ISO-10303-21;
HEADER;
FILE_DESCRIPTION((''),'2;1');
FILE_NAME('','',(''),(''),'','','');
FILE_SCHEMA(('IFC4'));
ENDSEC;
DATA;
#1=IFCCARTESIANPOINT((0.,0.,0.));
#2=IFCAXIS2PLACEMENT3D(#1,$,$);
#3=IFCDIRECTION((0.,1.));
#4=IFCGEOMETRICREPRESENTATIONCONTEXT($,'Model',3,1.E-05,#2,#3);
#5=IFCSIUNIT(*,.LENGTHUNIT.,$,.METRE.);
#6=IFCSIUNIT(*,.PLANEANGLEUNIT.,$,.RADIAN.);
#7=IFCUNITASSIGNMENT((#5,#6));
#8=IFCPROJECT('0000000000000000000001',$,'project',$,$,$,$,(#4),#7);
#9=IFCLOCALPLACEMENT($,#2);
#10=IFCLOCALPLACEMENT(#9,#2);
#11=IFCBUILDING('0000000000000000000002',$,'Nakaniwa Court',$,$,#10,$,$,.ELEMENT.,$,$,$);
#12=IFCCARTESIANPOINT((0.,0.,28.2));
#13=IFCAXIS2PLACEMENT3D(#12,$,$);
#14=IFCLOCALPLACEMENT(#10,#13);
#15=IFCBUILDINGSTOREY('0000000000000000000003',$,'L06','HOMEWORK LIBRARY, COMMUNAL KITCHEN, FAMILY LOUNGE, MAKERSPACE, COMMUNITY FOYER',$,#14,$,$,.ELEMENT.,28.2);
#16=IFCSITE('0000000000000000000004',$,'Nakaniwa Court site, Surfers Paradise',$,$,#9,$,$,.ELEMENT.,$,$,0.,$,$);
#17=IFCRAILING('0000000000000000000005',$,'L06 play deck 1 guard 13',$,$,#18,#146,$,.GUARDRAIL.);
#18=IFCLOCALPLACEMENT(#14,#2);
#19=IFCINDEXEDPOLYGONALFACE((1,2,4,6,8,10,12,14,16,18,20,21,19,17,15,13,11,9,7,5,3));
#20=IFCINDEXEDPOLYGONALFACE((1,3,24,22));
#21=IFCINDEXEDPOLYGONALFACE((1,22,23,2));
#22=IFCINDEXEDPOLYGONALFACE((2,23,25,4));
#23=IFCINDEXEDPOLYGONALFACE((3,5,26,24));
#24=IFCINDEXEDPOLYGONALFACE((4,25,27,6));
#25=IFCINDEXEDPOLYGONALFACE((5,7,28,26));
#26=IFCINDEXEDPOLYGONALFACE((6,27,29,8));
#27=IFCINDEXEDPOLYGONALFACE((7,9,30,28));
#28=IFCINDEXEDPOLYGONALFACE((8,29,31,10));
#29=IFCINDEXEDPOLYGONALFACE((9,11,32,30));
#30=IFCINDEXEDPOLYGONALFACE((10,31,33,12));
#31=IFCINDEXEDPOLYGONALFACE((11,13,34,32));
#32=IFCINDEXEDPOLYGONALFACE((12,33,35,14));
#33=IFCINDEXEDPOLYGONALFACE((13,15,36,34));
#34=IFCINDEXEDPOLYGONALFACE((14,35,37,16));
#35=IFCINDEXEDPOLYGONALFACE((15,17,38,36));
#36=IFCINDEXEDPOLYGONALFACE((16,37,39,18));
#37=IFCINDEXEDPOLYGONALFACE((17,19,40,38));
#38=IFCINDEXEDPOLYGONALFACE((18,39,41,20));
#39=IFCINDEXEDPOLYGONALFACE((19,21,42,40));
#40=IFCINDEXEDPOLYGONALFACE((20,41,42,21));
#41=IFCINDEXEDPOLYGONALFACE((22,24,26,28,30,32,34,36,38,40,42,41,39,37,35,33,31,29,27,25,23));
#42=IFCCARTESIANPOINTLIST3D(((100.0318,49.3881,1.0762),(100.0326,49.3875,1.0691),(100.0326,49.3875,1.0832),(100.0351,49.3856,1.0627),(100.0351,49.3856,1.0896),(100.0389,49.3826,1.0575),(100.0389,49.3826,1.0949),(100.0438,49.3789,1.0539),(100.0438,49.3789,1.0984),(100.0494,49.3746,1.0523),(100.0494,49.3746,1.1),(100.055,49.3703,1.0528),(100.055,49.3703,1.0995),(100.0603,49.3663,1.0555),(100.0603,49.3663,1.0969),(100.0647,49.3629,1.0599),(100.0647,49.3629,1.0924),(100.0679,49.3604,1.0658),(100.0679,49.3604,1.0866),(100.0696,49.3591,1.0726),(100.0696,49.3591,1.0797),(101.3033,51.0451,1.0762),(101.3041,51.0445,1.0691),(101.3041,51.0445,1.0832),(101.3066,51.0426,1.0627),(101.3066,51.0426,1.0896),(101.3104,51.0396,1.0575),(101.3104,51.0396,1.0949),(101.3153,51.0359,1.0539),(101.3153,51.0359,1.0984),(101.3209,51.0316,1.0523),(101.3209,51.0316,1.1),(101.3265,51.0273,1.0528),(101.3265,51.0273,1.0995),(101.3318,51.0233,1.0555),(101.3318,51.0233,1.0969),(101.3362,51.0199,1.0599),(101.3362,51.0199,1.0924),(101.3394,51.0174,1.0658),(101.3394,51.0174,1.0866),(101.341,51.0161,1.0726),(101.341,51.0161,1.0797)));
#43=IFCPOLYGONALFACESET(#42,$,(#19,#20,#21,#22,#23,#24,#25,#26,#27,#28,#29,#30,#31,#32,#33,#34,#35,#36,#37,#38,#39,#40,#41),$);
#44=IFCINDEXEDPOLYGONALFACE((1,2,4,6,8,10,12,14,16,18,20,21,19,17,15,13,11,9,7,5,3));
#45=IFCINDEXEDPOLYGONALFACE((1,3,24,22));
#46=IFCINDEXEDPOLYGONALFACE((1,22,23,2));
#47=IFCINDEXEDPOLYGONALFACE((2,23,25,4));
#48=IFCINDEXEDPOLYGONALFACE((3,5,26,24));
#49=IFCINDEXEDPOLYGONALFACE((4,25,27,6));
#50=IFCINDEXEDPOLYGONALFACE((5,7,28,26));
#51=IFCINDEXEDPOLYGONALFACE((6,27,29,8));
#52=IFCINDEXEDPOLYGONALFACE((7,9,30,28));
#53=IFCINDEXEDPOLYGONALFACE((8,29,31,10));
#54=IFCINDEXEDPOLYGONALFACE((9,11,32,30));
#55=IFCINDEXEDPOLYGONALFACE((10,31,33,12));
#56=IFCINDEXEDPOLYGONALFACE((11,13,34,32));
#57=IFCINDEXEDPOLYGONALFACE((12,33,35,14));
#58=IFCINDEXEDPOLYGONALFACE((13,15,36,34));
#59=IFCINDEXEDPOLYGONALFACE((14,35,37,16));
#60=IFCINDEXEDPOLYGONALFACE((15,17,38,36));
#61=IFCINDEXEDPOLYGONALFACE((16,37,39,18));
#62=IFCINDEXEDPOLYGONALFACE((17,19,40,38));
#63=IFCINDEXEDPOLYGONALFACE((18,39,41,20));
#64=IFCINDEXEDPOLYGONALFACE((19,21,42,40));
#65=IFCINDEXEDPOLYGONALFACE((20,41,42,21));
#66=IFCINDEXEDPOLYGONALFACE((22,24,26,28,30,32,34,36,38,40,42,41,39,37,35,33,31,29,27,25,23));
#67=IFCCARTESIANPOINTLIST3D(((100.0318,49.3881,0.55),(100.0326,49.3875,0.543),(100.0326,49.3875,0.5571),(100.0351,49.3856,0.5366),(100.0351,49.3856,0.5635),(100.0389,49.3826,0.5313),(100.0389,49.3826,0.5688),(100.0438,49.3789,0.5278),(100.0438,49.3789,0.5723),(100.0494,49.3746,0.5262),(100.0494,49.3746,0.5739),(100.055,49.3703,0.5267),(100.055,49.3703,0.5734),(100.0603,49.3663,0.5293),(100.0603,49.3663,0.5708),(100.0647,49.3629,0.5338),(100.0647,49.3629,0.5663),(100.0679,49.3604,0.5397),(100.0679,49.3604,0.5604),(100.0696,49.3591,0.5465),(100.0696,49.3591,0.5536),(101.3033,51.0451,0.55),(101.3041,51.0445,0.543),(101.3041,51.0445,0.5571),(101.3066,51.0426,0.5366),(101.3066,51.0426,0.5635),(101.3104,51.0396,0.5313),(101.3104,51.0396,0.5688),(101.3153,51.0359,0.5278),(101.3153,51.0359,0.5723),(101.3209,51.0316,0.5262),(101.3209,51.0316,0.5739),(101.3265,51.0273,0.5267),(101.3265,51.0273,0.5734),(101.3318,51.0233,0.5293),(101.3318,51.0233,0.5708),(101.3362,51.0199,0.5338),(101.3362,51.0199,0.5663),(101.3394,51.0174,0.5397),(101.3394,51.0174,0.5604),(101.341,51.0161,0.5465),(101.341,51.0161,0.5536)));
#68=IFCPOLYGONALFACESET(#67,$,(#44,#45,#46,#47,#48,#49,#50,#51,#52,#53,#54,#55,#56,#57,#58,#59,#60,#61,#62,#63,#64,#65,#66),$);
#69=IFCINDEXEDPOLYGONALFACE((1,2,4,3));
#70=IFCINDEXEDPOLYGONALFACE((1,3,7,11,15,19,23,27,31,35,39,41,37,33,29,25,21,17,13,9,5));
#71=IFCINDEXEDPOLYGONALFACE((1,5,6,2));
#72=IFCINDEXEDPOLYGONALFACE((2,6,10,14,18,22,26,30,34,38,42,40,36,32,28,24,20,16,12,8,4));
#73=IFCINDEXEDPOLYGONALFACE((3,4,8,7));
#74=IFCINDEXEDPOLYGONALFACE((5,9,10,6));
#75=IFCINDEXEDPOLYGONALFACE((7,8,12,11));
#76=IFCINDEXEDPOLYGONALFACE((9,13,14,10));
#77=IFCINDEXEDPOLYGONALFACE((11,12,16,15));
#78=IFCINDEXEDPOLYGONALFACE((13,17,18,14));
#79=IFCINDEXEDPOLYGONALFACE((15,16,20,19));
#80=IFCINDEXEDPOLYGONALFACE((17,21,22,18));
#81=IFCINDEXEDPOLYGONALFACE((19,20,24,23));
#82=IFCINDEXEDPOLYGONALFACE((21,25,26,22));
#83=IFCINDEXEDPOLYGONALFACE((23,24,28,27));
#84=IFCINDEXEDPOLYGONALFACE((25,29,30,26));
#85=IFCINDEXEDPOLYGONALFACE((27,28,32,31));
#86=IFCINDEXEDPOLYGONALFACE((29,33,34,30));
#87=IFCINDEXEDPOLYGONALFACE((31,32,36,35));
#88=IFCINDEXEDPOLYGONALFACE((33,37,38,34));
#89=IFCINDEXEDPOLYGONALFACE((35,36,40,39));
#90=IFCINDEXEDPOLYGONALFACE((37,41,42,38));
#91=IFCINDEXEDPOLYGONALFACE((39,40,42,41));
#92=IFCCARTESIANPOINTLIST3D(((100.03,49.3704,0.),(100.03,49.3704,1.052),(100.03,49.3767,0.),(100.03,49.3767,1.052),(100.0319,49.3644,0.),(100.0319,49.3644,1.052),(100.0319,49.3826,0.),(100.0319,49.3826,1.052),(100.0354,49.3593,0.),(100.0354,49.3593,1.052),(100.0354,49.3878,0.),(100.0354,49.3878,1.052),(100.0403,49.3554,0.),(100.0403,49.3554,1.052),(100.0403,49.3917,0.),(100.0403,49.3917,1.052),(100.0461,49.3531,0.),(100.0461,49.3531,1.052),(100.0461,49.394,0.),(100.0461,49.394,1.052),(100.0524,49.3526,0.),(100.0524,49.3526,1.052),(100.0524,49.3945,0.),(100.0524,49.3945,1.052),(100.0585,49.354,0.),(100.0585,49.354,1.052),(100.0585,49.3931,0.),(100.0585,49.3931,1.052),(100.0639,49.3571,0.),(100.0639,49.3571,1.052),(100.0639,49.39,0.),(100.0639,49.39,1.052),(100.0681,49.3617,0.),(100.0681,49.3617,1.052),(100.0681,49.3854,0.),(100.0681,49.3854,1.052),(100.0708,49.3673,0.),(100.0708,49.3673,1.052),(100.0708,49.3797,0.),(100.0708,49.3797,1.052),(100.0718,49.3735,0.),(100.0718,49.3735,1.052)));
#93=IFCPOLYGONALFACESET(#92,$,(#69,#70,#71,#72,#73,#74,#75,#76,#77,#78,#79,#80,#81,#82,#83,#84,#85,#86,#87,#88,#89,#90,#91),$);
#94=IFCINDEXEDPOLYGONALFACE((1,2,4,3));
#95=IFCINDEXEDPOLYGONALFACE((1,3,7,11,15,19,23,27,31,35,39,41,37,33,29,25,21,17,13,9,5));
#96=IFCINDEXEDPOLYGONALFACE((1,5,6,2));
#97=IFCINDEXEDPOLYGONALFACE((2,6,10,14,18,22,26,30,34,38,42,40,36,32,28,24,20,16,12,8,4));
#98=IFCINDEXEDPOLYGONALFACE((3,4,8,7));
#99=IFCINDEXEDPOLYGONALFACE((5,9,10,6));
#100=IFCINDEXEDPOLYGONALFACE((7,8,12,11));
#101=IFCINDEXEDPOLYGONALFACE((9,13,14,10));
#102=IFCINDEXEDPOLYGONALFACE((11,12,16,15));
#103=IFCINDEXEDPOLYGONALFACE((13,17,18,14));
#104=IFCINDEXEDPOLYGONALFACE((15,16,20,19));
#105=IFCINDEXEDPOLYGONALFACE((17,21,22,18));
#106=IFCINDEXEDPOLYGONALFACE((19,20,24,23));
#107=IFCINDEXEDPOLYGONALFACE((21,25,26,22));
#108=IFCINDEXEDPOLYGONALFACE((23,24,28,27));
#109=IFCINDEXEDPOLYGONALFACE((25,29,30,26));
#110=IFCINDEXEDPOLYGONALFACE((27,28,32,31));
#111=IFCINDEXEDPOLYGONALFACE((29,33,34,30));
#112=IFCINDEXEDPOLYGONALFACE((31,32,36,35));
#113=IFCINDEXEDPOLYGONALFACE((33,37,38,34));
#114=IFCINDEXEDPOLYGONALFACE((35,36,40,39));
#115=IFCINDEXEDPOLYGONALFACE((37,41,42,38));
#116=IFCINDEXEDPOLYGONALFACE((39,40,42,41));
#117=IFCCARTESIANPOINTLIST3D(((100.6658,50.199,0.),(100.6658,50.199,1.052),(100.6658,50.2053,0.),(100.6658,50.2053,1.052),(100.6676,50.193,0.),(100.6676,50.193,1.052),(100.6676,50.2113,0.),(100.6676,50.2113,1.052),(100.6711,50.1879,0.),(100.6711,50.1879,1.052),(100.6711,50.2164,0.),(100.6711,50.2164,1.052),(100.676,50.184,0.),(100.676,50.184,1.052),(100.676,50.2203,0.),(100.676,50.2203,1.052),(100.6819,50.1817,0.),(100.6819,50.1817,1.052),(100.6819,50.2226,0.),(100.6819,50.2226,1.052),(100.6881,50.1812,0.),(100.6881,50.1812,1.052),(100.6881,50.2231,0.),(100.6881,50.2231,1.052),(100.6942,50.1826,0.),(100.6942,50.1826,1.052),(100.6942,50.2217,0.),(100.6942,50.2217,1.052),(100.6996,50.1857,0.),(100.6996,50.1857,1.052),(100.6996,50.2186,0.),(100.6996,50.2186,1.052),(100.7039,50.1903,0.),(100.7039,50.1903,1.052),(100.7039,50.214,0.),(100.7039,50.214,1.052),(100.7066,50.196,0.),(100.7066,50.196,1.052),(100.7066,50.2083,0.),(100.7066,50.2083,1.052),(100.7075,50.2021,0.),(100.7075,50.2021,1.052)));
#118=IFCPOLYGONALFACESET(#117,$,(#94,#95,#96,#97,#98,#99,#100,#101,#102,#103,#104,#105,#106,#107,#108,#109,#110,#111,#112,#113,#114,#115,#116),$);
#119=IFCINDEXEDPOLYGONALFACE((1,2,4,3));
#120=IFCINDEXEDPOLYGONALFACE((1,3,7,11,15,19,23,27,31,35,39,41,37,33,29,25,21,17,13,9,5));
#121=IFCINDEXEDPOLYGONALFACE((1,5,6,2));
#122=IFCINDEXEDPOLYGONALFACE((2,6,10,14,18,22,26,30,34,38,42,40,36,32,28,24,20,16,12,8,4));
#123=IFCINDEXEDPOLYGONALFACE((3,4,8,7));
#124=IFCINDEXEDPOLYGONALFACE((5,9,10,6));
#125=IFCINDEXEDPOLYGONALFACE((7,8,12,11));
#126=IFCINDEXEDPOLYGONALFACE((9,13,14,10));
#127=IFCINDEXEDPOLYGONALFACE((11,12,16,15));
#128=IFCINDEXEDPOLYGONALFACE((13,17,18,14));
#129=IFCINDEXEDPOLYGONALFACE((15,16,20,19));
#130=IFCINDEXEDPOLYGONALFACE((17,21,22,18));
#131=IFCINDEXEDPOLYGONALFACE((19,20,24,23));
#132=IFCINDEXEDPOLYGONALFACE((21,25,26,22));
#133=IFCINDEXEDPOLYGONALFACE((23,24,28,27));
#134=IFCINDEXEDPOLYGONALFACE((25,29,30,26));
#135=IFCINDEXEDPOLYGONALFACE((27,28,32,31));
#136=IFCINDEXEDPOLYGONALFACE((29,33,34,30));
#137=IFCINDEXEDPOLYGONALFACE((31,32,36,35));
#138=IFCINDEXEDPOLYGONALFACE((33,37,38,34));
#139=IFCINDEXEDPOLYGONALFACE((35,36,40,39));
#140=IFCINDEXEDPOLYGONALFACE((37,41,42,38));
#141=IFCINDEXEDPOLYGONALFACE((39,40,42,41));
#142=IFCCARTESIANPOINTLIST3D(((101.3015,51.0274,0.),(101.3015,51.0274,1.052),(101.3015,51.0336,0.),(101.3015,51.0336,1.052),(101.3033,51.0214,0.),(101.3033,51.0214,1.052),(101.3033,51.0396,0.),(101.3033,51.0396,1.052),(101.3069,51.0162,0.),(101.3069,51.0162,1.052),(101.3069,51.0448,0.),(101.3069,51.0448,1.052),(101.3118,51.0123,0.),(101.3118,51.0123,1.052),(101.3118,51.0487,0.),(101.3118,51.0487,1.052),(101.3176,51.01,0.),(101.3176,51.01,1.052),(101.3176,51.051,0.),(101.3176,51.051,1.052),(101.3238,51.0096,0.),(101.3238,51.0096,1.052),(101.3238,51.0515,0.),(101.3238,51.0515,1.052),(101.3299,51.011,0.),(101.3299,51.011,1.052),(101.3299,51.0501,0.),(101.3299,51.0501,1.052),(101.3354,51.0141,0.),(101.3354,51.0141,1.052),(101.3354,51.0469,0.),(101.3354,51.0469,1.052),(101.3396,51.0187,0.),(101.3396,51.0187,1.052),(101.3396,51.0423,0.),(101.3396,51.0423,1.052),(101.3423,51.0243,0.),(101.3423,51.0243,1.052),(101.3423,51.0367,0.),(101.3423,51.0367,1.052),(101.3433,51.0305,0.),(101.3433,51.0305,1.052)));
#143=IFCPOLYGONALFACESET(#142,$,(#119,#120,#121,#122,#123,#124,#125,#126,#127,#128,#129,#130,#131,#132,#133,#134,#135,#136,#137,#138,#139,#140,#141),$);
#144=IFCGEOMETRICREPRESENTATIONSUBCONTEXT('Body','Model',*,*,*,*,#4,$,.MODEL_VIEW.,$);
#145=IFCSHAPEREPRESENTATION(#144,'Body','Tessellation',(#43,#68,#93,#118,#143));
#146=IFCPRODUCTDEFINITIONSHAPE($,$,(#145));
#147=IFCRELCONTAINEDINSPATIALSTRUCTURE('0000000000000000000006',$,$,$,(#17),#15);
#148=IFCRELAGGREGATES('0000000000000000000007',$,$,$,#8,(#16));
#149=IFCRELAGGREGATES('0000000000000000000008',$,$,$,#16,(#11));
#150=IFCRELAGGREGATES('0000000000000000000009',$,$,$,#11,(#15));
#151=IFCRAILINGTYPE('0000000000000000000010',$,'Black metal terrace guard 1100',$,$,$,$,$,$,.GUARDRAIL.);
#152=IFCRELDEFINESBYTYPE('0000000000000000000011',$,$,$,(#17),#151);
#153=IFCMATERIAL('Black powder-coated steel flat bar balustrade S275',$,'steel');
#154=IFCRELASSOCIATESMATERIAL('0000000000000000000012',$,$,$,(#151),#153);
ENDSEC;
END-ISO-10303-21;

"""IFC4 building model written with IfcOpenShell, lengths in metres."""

from ifc_helpers import new_model, si_unit, direction, frame, origin, origin_2d, place, context, subcontext, project, spatial, circle, extrude, material, type_object, element, save


model = new_model("IFC4")

# Units and contexts
model_context = context("Model", 3, precision=1e-05, world=origin(), true_north=direction((0.0, 1.0)))
body_context = subcontext(model_context, "Body", "Model", "MODEL_VIEW")
ifc_project = project(units=[si_unit("LENGTHUNIT", "METRE"), si_unit("PLANEANGLEUNIT", "RADIAN")], contexts=[model_context])

# Site, building, storey
site_placement = place(None, origin())
site = spatial("IfcSite", under=ifc_project, at=site_placement, Name="Nakaniwa Court site, Surfers Paradise", CompositionType="ELEMENT", RefElevation=0.0)
building_placement = place(site_placement, origin())
building = spatial("IfcBuilding", under=site, at=building_placement, Name="Nakaniwa Court", CompositionType="ELEMENT")
storey_placement = place(building_placement, frame((0.0, 0.0, 28.2)))
storey = spatial("IfcBuildingStorey", under=building, at=storey_placement, Name="L06", Description="HOMEWORK LIBRARY, COMMUNAL KITCHEN, FAMILY LOUNGE, MAKERSPACE, COMMUNITY FOYER", CompositionType="ELEMENT", Elevation=28.2)

# Railing
ifc_material_1 = material(Name="Black powder-coated steel flat bar balustrade S275", Category="steel")
railing_type_1 = type_object("IfcRailingType", Name="Black metal terrace guard 1100", PredefinedType="GUARDRAIL", material=ifc_material_1)
railing_1_placement = place(storey_placement, frame((100.0508, 49.3735, 0.0)))
element("IfcRailing", 1, at=railing_1_placement, inside=storey, type_object=railing_type_1, Name="L06 play deck 1 guard 13", PredefinedType="GUARDRAIL", context=body_context, shape_type="SweptSolid", body=[
    extrude(circle(Radius=0.0239, at=origin_2d()), frame((0.0, 0.0, 1.0762), z_axis=(0.608773, 0.793345, 0.0), x_axis=(-0.793345, 0.608773, 0.0)), (0.0, 0.0, 1.0), 2.0886),
    extrude(circle(Radius=0.0239, at=origin_2d()), frame((0.0, 0.0, 0.55), z_axis=(0.608773, 0.793345, 0.0), x_axis=(-0.793345, 0.608773, 0.0)), (0.0, 0.0, 1.0), 2.0886),
    extrude(circle(Radius=0.021, at=origin_2d()), origin(), (0.0, 0.0, 1.0), 1.052),
    extrude(circle(Radius=0.021, at=origin_2d()), frame((0.6357, 0.8286, 0.0)), (0.0, 0.0, 1.0), 1.052),
    extrude(circle(Radius=0.021, at=origin_2d()), frame((1.2715, 1.657, 0.0)), (0.0, 0.0, 1.0), 1.052),
])

save(model, "model.ifc")
